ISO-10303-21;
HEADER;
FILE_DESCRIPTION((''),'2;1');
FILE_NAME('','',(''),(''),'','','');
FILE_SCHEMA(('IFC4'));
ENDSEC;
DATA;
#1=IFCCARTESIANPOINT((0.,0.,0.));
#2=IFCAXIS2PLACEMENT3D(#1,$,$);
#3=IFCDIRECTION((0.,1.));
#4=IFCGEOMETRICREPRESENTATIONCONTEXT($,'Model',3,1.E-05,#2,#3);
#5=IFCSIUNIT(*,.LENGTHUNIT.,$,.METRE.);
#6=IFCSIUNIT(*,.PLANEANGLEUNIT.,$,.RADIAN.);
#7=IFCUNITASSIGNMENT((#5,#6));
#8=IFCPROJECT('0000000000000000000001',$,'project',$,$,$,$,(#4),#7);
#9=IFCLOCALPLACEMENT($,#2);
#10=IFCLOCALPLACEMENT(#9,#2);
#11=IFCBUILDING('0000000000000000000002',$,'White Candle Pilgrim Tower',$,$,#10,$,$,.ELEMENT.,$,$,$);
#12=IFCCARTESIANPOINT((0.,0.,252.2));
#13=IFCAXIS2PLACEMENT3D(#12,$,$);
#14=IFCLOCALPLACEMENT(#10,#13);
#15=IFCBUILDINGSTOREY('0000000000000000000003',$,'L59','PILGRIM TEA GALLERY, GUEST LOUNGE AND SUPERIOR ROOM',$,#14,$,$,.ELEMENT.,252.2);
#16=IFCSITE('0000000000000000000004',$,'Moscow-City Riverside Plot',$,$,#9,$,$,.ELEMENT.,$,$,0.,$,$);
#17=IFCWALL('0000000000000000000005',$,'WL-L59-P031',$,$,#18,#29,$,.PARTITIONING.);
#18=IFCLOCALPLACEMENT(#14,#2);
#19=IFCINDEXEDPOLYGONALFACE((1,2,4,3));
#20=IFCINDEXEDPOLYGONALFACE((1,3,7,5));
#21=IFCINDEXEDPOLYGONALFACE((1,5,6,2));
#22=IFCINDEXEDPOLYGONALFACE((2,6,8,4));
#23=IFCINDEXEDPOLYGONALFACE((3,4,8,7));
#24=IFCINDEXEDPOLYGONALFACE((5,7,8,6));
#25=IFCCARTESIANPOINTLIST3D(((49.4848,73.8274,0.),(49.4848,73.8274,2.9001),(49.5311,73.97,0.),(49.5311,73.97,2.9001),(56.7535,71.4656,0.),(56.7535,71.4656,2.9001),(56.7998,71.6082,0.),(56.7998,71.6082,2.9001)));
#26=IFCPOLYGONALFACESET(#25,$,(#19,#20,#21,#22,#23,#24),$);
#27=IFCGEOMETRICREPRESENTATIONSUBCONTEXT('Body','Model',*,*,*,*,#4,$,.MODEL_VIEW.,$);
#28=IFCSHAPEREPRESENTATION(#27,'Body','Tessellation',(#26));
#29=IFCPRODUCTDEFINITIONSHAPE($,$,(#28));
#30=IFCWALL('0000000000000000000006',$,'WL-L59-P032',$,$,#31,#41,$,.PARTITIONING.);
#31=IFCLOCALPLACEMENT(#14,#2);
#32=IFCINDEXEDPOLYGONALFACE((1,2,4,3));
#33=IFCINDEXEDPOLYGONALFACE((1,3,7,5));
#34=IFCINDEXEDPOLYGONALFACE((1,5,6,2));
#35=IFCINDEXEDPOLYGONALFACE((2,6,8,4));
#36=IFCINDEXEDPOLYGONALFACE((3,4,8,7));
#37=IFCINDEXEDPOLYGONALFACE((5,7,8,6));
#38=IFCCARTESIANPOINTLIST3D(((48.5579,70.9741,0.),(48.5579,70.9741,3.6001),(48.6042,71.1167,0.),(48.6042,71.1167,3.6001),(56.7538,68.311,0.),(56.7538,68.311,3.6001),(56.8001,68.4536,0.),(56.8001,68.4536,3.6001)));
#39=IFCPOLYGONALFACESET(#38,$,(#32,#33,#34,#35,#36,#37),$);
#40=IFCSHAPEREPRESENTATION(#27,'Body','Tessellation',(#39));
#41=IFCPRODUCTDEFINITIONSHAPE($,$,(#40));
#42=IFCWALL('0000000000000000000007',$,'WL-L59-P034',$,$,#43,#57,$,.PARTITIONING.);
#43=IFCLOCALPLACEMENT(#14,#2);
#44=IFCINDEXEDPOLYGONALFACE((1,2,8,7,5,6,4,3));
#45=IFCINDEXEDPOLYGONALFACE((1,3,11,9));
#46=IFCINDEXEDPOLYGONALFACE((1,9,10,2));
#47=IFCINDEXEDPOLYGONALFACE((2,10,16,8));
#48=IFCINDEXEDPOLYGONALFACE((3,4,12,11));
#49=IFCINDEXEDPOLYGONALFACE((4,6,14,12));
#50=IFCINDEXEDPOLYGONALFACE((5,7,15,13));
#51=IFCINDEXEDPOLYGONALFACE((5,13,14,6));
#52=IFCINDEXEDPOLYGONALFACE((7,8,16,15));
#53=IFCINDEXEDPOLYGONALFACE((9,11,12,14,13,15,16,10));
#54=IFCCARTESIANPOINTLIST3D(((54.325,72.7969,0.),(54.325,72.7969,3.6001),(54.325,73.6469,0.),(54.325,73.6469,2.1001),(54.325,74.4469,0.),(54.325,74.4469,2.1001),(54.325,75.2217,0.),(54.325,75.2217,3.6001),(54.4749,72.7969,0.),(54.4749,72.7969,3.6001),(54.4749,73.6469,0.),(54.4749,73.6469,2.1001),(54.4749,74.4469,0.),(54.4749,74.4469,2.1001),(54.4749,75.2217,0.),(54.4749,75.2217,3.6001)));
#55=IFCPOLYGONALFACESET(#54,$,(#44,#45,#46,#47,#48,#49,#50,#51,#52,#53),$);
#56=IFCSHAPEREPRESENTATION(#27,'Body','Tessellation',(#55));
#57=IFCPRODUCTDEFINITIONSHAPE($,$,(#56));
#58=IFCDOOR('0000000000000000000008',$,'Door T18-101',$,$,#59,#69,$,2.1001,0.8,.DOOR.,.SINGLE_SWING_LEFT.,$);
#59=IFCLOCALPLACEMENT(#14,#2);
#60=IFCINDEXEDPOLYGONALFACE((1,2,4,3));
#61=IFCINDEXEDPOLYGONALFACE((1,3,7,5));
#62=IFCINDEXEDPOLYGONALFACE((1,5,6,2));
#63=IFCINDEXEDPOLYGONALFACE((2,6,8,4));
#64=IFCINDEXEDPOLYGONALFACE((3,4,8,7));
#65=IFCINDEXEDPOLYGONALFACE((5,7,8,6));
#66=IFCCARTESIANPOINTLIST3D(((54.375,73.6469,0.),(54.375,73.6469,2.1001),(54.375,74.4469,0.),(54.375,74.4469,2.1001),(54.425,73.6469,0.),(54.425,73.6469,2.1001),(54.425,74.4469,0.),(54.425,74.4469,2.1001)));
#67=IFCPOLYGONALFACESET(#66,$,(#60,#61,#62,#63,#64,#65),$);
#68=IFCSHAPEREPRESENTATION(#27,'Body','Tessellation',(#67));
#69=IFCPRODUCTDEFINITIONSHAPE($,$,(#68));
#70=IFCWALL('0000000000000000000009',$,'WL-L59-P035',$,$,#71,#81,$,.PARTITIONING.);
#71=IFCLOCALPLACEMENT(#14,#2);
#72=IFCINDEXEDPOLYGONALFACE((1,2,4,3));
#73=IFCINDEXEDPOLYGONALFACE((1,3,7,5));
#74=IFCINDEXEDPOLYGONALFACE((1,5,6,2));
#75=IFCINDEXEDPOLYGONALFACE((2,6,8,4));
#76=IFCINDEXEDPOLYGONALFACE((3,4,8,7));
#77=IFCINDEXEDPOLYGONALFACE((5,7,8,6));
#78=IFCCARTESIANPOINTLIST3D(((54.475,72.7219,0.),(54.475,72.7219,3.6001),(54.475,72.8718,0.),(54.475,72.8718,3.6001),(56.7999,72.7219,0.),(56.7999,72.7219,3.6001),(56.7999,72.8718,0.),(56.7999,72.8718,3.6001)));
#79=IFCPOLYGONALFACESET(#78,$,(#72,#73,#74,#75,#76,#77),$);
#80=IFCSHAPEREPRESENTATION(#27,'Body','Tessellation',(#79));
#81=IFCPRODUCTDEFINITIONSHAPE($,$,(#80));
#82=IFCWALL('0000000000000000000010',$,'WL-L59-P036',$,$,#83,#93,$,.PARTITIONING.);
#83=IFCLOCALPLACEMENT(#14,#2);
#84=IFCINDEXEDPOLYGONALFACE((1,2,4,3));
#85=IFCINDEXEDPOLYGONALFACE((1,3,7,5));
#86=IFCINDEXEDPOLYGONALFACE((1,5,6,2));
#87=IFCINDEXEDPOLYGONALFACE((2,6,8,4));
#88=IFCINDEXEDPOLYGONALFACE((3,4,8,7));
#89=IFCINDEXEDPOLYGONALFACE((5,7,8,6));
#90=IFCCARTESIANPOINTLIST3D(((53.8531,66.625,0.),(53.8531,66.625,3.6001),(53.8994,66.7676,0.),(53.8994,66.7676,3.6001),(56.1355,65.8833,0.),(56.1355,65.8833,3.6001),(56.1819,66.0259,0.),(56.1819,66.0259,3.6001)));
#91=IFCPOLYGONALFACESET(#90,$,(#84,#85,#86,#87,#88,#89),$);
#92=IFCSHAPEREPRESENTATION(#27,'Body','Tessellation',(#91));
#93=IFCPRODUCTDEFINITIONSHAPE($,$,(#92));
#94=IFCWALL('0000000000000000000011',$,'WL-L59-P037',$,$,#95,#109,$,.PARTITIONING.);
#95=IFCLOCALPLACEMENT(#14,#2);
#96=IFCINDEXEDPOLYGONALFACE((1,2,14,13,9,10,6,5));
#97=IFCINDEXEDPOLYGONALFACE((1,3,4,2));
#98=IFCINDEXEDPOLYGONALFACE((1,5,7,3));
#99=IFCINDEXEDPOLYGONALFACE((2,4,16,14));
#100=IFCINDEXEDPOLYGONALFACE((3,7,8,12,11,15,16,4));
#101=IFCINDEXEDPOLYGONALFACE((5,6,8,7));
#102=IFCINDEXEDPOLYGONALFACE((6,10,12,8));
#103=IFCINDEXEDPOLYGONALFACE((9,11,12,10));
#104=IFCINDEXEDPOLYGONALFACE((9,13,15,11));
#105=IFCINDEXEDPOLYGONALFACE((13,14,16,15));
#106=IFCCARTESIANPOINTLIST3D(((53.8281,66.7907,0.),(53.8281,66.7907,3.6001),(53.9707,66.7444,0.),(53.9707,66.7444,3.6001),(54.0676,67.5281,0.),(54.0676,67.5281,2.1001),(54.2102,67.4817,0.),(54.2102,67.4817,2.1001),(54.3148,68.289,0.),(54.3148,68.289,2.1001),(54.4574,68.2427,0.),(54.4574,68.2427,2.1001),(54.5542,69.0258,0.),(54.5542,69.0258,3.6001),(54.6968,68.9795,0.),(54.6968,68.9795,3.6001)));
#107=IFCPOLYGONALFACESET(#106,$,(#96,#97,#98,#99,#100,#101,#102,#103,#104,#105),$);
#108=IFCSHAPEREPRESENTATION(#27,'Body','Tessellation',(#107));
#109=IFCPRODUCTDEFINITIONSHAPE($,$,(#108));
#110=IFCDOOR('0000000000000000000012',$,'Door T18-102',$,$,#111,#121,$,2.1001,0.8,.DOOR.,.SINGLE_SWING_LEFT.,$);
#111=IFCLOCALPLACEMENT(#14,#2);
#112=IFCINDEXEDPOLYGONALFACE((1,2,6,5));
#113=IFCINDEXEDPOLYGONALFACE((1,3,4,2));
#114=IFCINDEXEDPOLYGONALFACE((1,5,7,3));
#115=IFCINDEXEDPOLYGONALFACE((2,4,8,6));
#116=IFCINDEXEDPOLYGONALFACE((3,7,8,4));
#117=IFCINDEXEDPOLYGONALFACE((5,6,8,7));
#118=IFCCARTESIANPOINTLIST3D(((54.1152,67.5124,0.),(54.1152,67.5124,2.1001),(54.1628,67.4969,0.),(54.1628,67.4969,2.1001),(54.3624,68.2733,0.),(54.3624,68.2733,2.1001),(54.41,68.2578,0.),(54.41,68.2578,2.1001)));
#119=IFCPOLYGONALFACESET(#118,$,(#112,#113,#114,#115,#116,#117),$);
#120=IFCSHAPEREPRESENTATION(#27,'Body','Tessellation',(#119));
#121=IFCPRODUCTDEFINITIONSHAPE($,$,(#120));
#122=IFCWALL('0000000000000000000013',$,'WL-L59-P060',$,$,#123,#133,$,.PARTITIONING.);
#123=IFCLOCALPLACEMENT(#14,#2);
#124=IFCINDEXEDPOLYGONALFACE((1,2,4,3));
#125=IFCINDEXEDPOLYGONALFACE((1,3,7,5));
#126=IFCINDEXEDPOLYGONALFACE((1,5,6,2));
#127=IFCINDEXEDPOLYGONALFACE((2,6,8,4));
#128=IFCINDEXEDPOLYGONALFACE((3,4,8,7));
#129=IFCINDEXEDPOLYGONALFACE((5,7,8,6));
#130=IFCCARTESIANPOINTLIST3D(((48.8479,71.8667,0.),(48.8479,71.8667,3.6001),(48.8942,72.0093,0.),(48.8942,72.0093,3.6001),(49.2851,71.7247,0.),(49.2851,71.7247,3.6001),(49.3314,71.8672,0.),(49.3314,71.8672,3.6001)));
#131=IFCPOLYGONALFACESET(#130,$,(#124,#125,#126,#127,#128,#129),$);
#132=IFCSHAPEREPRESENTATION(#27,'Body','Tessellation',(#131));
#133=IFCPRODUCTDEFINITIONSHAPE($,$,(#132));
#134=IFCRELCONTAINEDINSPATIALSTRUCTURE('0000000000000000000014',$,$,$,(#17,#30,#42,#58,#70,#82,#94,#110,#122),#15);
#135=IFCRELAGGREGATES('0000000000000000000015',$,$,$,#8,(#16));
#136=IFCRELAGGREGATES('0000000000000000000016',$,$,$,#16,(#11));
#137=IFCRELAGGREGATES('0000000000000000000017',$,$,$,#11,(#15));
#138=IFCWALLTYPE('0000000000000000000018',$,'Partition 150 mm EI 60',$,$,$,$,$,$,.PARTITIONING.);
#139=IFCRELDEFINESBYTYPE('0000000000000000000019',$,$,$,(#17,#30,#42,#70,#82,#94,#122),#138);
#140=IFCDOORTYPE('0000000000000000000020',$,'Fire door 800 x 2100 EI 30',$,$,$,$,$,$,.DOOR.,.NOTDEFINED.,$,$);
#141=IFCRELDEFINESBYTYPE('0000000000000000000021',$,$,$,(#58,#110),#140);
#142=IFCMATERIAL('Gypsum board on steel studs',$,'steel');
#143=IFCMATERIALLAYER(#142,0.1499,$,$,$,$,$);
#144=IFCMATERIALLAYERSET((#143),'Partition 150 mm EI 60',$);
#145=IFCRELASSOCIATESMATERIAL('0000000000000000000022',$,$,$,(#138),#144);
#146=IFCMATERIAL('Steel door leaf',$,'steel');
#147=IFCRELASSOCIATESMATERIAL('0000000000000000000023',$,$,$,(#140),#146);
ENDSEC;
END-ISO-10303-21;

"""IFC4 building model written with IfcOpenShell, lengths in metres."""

from ifc_helpers import new_model, si_unit, direction, frame, frame_2d, origin, place, context, subcontext, project, spatial, rectangle, extrude, material, layer, layer_set, type_object, element, fill, save


model = new_model("IFC4")

# Units and contexts
model_context = context("Model", 3, precision=1e-05, world=origin(), true_north=direction((0.0, 1.0)))
body_context = subcontext(model_context, "Body", "Model", "MODEL_VIEW")
ifc_project = project(units=[si_unit("LENGTHUNIT", "METRE"), si_unit("PLANEANGLEUNIT", "RADIAN")], contexts=[model_context])

# Site, building, storey
site_placement = place(None, origin())
site = spatial("IfcSite", under=ifc_project, at=site_placement, Name="Moscow-City Riverside Plot", CompositionType="ELEMENT", RefElevation=0.0)
building_placement = place(site_placement, origin())
building = spatial("IfcBuilding", under=site, at=building_placement, Name="White Candle Pilgrim Tower", CompositionType="ELEMENT")
storey_placement = place(building_placement, frame((0.0, 0.0, 252.2)))
storey = spatial("IfcBuildingStorey", under=building, at=storey_placement, Name="L59", Description="PILGRIM TEA GALLERY, GUEST LOUNGE AND SUPERIOR ROOM", CompositionType="ELEMENT", Elevation=252.2)

# Shared definitions
ifc_material_1 = material(Name="Gypsum board on steel studs", Category="steel")
ifc_material_2 = material(Name="Steel door leaf", Category="steel")

# Walls
ifc_layer_1 = layer(ifc_material_1, 0.1499)
ifc_layer_set_1 = layer_set([ifc_layer_1], Name="Partition 150 mm EI 60")
wall_type_1 = type_object("IfcWallType", Name="Partition 150 mm EI 60", PredefinedType="PARTITIONING", material=ifc_layer_set_1)
wall_1_placement = place(storey_placement, frame((49.5081, 73.8987, 0.0), z_axis=(0.0, 0.0, 1.0), x_axis=(0.951055, -0.309022, 0.0)))
element("IfcWall", 1, at=wall_1_placement, inside=storey, type_object=wall_type_1, Name="WL-L59-P031", PredefinedType="PARTITIONING", context=body_context, shape_type="SweptSolid", body=[
    extrude(rectangle(XDim=7.6428, YDim=0.1499, at=frame_2d((3.8213, 0.0))), origin(), (0.0, 0.0, 1.0), 2.9001),
])
wall_2_placement = place(storey_placement, frame((48.5811, 71.0454, 0.0), z_axis=(0.0, 0.0, 1.0), x_axis=(0.951053, -0.309028, 0.0)))
element("IfcWall", 2, at=wall_2_placement, inside=storey, type_object=wall_type_1, Name="WL-L59-P032", PredefinedType="PARTITIONING", context=body_context, shape_type="SweptSolid", body=[
    extrude(rectangle(XDim=8.6177, YDim=0.1499, at=frame_2d((4.3088, 0.0))), origin(), (0.0, 0.0, 1.0), 3.6001),
])

# Wall, opening, door
wall_3_placement = place(storey_placement, frame((54.3999, 72.7969, 0.0), z_axis=(0.0, 0.0, 1.0), x_axis=(0.0, 1.0, 0.0)))
wall_3 = element("IfcWall", 3, at=wall_3_placement, inside=storey, type_object=wall_type_1, Name="WL-L59-P034", PredefinedType="PARTITIONING", context=body_context, shape_type="SweptSolid", body=[
    extrude(rectangle(XDim=2.4248, YDim=0.1499, at=frame_2d((1.2124, 0.0))), origin(), (0.0, 0.0, 1.0), 3.6001),
])
opening_1_placement = place(wall_3_placement, frame((0.8501, 0.0, 0.0)))
opening_1 = element("IfcOpeningElement", 4, at=opening_1_placement, cuts=wall_3, PredefinedType="OPENING", context=body_context, shape_type="SweptSolid", body=[
    extrude(rectangle(XDim=0.8, YDim=2.1001, at=frame_2d((0.3999, 1.05))), frame((0.0, 0.085, 0.0), z_axis=(0.0, -1.0, 0.0), x_axis=(1.0, 0.0, 0.0)), (0.0, 0.0, 1.0), 0.1699),
])
door_type_1 = type_object("IfcDoorType", Name="Fire door 800 x 2100 EI 30", OperationType="NOTDEFINED", PredefinedType="DOOR", material=ifc_material_2)
door_1_placement = place(opening_1_placement, origin())
door_1 = element("IfcDoor", 5, at=door_1_placement, inside=storey, type_object=door_type_1, Name="Door T18-101", OperationType="SINGLE_SWING_LEFT", OverallHeight=2.1001, OverallWidth=0.8, PredefinedType="DOOR", context=body_context, shape_type="SweptSolid", body=[
    extrude(rectangle(XDim=0.8, YDim=2.1001, at=frame_2d((0.3999, 1.05))), frame((0.0, 0.0249, 0.0), z_axis=(0.0, -1.0, 0.0), x_axis=(1.0, 0.0, 0.0)), (0.0, 0.0, 1.0), 0.05),
])
fill(opening_1, door_1)

# Walls
wall_4_placement = place(storey_placement, frame((56.8, 72.7969, 0.0), z_axis=(0.0, 0.0, 1.0), x_axis=(-1.0, 0.0, 0.0)))
element("IfcWall", 6, at=wall_4_placement, inside=storey, type_object=wall_type_1, Name="WL-L59-P035", PredefinedType="PARTITIONING", context=body_context, shape_type="SweptSolid", body=[
    extrude(rectangle(XDim=2.325, YDim=0.1499, at=frame_2d((1.1626, 0.0))), origin(), (0.0, 0.0, 1.0), 3.6001),
])
wall_5_placement = place(storey_placement, frame((56.1587, 65.9546, 0.0), z_axis=(0.0, 0.0, 1.0), x_axis=(-0.951047, 0.309047, 0.0)))
element("IfcWall", 7, at=wall_5_placement, inside=storey, type_object=wall_type_1, Name="WL-L59-P036", PredefinedType="PARTITIONING", context=body_context, shape_type="SweptSolid", body=[
    extrude(rectangle(XDim=2.3999, YDim=0.1499, at=frame_2d((1.2, 0.0))), origin(), (0.0, 0.0, 1.0), 3.6001),
])

# Wall, opening, door
wall_6_placement = place(storey_placement, frame((54.6255, 69.0027, 0.0), z_axis=(0.0, 0.0, 1.0), x_axis=(-0.308957, -0.951076, 0.0)))
wall_6 = element("IfcWall", 8, at=wall_6_placement, inside=storey, type_object=wall_type_1, Name="WL-L59-P037", PredefinedType="PARTITIONING", context=body_context, shape_type="SweptSolid", body=[
    extrude(rectangle(XDim=2.3501, YDim=0.1499, at=frame_2d((1.175, 0.0))), origin(), (0.0, 0.0, 1.0), 3.6001),
])
opening_2_placement = place(wall_6_placement, frame((0.7749, 0.0, 0.0)))
opening_2 = element("IfcOpeningElement", 9, at=opening_2_placement, cuts=wall_6, PredefinedType="OPENING", context=body_context, shape_type="SweptSolid", body=[
    extrude(rectangle(XDim=0.8, YDim=2.1001, at=frame_2d((0.3999, 1.05))), frame((0.0, 0.085, 0.0), z_axis=(0.0, -1.0, 0.0), x_axis=(1.0, 0.0, 0.0)), (0.0, 0.0, 1.0), 0.1699),
])
door_2_placement = place(opening_2_placement, frame((0.8, 0.0, 0.0), z_axis=(0.0, 0.0, 1.0), x_axis=(-1.0, 0.0, 0.0)))
door_2 = element("IfcDoor", 10, at=door_2_placement, inside=storey, type_object=door_type_1, Name="Door T18-102", OperationType="SINGLE_SWING_LEFT", OverallHeight=2.1001, OverallWidth=0.8, PredefinedType="DOOR", context=body_context, shape_type="SweptSolid", body=[
    extrude(rectangle(XDim=0.8, YDim=2.1001, at=frame_2d((0.3999, 1.05))), frame((0.0, 0.0249, 0.0), z_axis=(0.0, -1.0, 0.0), x_axis=(1.0, 0.0, 0.0)), (0.0, 0.0, 1.0), 0.05),
])
fill(opening_2, door_2)

# Wall
wall_7_placement = place(storey_placement, frame((49.3083, 71.7959, 0.0), z_axis=(0.0, 0.0, 1.0), x_axis=(-0.951046, 0.30905, 0.0)))
element("IfcWall", 11, at=wall_7_placement, inside=storey, type_object=wall_type_1, Name="WL-L59-P060", PredefinedType="PARTITIONING", context=body_context, shape_type="SweptSolid", body=[
    extrude(rectangle(XDim=0.4597, YDim=0.1499, at=frame_2d((0.23, 0.0))), origin(), (0.0, 0.0, 1.0), 3.6001),
])

save(model, "model.ifc")
